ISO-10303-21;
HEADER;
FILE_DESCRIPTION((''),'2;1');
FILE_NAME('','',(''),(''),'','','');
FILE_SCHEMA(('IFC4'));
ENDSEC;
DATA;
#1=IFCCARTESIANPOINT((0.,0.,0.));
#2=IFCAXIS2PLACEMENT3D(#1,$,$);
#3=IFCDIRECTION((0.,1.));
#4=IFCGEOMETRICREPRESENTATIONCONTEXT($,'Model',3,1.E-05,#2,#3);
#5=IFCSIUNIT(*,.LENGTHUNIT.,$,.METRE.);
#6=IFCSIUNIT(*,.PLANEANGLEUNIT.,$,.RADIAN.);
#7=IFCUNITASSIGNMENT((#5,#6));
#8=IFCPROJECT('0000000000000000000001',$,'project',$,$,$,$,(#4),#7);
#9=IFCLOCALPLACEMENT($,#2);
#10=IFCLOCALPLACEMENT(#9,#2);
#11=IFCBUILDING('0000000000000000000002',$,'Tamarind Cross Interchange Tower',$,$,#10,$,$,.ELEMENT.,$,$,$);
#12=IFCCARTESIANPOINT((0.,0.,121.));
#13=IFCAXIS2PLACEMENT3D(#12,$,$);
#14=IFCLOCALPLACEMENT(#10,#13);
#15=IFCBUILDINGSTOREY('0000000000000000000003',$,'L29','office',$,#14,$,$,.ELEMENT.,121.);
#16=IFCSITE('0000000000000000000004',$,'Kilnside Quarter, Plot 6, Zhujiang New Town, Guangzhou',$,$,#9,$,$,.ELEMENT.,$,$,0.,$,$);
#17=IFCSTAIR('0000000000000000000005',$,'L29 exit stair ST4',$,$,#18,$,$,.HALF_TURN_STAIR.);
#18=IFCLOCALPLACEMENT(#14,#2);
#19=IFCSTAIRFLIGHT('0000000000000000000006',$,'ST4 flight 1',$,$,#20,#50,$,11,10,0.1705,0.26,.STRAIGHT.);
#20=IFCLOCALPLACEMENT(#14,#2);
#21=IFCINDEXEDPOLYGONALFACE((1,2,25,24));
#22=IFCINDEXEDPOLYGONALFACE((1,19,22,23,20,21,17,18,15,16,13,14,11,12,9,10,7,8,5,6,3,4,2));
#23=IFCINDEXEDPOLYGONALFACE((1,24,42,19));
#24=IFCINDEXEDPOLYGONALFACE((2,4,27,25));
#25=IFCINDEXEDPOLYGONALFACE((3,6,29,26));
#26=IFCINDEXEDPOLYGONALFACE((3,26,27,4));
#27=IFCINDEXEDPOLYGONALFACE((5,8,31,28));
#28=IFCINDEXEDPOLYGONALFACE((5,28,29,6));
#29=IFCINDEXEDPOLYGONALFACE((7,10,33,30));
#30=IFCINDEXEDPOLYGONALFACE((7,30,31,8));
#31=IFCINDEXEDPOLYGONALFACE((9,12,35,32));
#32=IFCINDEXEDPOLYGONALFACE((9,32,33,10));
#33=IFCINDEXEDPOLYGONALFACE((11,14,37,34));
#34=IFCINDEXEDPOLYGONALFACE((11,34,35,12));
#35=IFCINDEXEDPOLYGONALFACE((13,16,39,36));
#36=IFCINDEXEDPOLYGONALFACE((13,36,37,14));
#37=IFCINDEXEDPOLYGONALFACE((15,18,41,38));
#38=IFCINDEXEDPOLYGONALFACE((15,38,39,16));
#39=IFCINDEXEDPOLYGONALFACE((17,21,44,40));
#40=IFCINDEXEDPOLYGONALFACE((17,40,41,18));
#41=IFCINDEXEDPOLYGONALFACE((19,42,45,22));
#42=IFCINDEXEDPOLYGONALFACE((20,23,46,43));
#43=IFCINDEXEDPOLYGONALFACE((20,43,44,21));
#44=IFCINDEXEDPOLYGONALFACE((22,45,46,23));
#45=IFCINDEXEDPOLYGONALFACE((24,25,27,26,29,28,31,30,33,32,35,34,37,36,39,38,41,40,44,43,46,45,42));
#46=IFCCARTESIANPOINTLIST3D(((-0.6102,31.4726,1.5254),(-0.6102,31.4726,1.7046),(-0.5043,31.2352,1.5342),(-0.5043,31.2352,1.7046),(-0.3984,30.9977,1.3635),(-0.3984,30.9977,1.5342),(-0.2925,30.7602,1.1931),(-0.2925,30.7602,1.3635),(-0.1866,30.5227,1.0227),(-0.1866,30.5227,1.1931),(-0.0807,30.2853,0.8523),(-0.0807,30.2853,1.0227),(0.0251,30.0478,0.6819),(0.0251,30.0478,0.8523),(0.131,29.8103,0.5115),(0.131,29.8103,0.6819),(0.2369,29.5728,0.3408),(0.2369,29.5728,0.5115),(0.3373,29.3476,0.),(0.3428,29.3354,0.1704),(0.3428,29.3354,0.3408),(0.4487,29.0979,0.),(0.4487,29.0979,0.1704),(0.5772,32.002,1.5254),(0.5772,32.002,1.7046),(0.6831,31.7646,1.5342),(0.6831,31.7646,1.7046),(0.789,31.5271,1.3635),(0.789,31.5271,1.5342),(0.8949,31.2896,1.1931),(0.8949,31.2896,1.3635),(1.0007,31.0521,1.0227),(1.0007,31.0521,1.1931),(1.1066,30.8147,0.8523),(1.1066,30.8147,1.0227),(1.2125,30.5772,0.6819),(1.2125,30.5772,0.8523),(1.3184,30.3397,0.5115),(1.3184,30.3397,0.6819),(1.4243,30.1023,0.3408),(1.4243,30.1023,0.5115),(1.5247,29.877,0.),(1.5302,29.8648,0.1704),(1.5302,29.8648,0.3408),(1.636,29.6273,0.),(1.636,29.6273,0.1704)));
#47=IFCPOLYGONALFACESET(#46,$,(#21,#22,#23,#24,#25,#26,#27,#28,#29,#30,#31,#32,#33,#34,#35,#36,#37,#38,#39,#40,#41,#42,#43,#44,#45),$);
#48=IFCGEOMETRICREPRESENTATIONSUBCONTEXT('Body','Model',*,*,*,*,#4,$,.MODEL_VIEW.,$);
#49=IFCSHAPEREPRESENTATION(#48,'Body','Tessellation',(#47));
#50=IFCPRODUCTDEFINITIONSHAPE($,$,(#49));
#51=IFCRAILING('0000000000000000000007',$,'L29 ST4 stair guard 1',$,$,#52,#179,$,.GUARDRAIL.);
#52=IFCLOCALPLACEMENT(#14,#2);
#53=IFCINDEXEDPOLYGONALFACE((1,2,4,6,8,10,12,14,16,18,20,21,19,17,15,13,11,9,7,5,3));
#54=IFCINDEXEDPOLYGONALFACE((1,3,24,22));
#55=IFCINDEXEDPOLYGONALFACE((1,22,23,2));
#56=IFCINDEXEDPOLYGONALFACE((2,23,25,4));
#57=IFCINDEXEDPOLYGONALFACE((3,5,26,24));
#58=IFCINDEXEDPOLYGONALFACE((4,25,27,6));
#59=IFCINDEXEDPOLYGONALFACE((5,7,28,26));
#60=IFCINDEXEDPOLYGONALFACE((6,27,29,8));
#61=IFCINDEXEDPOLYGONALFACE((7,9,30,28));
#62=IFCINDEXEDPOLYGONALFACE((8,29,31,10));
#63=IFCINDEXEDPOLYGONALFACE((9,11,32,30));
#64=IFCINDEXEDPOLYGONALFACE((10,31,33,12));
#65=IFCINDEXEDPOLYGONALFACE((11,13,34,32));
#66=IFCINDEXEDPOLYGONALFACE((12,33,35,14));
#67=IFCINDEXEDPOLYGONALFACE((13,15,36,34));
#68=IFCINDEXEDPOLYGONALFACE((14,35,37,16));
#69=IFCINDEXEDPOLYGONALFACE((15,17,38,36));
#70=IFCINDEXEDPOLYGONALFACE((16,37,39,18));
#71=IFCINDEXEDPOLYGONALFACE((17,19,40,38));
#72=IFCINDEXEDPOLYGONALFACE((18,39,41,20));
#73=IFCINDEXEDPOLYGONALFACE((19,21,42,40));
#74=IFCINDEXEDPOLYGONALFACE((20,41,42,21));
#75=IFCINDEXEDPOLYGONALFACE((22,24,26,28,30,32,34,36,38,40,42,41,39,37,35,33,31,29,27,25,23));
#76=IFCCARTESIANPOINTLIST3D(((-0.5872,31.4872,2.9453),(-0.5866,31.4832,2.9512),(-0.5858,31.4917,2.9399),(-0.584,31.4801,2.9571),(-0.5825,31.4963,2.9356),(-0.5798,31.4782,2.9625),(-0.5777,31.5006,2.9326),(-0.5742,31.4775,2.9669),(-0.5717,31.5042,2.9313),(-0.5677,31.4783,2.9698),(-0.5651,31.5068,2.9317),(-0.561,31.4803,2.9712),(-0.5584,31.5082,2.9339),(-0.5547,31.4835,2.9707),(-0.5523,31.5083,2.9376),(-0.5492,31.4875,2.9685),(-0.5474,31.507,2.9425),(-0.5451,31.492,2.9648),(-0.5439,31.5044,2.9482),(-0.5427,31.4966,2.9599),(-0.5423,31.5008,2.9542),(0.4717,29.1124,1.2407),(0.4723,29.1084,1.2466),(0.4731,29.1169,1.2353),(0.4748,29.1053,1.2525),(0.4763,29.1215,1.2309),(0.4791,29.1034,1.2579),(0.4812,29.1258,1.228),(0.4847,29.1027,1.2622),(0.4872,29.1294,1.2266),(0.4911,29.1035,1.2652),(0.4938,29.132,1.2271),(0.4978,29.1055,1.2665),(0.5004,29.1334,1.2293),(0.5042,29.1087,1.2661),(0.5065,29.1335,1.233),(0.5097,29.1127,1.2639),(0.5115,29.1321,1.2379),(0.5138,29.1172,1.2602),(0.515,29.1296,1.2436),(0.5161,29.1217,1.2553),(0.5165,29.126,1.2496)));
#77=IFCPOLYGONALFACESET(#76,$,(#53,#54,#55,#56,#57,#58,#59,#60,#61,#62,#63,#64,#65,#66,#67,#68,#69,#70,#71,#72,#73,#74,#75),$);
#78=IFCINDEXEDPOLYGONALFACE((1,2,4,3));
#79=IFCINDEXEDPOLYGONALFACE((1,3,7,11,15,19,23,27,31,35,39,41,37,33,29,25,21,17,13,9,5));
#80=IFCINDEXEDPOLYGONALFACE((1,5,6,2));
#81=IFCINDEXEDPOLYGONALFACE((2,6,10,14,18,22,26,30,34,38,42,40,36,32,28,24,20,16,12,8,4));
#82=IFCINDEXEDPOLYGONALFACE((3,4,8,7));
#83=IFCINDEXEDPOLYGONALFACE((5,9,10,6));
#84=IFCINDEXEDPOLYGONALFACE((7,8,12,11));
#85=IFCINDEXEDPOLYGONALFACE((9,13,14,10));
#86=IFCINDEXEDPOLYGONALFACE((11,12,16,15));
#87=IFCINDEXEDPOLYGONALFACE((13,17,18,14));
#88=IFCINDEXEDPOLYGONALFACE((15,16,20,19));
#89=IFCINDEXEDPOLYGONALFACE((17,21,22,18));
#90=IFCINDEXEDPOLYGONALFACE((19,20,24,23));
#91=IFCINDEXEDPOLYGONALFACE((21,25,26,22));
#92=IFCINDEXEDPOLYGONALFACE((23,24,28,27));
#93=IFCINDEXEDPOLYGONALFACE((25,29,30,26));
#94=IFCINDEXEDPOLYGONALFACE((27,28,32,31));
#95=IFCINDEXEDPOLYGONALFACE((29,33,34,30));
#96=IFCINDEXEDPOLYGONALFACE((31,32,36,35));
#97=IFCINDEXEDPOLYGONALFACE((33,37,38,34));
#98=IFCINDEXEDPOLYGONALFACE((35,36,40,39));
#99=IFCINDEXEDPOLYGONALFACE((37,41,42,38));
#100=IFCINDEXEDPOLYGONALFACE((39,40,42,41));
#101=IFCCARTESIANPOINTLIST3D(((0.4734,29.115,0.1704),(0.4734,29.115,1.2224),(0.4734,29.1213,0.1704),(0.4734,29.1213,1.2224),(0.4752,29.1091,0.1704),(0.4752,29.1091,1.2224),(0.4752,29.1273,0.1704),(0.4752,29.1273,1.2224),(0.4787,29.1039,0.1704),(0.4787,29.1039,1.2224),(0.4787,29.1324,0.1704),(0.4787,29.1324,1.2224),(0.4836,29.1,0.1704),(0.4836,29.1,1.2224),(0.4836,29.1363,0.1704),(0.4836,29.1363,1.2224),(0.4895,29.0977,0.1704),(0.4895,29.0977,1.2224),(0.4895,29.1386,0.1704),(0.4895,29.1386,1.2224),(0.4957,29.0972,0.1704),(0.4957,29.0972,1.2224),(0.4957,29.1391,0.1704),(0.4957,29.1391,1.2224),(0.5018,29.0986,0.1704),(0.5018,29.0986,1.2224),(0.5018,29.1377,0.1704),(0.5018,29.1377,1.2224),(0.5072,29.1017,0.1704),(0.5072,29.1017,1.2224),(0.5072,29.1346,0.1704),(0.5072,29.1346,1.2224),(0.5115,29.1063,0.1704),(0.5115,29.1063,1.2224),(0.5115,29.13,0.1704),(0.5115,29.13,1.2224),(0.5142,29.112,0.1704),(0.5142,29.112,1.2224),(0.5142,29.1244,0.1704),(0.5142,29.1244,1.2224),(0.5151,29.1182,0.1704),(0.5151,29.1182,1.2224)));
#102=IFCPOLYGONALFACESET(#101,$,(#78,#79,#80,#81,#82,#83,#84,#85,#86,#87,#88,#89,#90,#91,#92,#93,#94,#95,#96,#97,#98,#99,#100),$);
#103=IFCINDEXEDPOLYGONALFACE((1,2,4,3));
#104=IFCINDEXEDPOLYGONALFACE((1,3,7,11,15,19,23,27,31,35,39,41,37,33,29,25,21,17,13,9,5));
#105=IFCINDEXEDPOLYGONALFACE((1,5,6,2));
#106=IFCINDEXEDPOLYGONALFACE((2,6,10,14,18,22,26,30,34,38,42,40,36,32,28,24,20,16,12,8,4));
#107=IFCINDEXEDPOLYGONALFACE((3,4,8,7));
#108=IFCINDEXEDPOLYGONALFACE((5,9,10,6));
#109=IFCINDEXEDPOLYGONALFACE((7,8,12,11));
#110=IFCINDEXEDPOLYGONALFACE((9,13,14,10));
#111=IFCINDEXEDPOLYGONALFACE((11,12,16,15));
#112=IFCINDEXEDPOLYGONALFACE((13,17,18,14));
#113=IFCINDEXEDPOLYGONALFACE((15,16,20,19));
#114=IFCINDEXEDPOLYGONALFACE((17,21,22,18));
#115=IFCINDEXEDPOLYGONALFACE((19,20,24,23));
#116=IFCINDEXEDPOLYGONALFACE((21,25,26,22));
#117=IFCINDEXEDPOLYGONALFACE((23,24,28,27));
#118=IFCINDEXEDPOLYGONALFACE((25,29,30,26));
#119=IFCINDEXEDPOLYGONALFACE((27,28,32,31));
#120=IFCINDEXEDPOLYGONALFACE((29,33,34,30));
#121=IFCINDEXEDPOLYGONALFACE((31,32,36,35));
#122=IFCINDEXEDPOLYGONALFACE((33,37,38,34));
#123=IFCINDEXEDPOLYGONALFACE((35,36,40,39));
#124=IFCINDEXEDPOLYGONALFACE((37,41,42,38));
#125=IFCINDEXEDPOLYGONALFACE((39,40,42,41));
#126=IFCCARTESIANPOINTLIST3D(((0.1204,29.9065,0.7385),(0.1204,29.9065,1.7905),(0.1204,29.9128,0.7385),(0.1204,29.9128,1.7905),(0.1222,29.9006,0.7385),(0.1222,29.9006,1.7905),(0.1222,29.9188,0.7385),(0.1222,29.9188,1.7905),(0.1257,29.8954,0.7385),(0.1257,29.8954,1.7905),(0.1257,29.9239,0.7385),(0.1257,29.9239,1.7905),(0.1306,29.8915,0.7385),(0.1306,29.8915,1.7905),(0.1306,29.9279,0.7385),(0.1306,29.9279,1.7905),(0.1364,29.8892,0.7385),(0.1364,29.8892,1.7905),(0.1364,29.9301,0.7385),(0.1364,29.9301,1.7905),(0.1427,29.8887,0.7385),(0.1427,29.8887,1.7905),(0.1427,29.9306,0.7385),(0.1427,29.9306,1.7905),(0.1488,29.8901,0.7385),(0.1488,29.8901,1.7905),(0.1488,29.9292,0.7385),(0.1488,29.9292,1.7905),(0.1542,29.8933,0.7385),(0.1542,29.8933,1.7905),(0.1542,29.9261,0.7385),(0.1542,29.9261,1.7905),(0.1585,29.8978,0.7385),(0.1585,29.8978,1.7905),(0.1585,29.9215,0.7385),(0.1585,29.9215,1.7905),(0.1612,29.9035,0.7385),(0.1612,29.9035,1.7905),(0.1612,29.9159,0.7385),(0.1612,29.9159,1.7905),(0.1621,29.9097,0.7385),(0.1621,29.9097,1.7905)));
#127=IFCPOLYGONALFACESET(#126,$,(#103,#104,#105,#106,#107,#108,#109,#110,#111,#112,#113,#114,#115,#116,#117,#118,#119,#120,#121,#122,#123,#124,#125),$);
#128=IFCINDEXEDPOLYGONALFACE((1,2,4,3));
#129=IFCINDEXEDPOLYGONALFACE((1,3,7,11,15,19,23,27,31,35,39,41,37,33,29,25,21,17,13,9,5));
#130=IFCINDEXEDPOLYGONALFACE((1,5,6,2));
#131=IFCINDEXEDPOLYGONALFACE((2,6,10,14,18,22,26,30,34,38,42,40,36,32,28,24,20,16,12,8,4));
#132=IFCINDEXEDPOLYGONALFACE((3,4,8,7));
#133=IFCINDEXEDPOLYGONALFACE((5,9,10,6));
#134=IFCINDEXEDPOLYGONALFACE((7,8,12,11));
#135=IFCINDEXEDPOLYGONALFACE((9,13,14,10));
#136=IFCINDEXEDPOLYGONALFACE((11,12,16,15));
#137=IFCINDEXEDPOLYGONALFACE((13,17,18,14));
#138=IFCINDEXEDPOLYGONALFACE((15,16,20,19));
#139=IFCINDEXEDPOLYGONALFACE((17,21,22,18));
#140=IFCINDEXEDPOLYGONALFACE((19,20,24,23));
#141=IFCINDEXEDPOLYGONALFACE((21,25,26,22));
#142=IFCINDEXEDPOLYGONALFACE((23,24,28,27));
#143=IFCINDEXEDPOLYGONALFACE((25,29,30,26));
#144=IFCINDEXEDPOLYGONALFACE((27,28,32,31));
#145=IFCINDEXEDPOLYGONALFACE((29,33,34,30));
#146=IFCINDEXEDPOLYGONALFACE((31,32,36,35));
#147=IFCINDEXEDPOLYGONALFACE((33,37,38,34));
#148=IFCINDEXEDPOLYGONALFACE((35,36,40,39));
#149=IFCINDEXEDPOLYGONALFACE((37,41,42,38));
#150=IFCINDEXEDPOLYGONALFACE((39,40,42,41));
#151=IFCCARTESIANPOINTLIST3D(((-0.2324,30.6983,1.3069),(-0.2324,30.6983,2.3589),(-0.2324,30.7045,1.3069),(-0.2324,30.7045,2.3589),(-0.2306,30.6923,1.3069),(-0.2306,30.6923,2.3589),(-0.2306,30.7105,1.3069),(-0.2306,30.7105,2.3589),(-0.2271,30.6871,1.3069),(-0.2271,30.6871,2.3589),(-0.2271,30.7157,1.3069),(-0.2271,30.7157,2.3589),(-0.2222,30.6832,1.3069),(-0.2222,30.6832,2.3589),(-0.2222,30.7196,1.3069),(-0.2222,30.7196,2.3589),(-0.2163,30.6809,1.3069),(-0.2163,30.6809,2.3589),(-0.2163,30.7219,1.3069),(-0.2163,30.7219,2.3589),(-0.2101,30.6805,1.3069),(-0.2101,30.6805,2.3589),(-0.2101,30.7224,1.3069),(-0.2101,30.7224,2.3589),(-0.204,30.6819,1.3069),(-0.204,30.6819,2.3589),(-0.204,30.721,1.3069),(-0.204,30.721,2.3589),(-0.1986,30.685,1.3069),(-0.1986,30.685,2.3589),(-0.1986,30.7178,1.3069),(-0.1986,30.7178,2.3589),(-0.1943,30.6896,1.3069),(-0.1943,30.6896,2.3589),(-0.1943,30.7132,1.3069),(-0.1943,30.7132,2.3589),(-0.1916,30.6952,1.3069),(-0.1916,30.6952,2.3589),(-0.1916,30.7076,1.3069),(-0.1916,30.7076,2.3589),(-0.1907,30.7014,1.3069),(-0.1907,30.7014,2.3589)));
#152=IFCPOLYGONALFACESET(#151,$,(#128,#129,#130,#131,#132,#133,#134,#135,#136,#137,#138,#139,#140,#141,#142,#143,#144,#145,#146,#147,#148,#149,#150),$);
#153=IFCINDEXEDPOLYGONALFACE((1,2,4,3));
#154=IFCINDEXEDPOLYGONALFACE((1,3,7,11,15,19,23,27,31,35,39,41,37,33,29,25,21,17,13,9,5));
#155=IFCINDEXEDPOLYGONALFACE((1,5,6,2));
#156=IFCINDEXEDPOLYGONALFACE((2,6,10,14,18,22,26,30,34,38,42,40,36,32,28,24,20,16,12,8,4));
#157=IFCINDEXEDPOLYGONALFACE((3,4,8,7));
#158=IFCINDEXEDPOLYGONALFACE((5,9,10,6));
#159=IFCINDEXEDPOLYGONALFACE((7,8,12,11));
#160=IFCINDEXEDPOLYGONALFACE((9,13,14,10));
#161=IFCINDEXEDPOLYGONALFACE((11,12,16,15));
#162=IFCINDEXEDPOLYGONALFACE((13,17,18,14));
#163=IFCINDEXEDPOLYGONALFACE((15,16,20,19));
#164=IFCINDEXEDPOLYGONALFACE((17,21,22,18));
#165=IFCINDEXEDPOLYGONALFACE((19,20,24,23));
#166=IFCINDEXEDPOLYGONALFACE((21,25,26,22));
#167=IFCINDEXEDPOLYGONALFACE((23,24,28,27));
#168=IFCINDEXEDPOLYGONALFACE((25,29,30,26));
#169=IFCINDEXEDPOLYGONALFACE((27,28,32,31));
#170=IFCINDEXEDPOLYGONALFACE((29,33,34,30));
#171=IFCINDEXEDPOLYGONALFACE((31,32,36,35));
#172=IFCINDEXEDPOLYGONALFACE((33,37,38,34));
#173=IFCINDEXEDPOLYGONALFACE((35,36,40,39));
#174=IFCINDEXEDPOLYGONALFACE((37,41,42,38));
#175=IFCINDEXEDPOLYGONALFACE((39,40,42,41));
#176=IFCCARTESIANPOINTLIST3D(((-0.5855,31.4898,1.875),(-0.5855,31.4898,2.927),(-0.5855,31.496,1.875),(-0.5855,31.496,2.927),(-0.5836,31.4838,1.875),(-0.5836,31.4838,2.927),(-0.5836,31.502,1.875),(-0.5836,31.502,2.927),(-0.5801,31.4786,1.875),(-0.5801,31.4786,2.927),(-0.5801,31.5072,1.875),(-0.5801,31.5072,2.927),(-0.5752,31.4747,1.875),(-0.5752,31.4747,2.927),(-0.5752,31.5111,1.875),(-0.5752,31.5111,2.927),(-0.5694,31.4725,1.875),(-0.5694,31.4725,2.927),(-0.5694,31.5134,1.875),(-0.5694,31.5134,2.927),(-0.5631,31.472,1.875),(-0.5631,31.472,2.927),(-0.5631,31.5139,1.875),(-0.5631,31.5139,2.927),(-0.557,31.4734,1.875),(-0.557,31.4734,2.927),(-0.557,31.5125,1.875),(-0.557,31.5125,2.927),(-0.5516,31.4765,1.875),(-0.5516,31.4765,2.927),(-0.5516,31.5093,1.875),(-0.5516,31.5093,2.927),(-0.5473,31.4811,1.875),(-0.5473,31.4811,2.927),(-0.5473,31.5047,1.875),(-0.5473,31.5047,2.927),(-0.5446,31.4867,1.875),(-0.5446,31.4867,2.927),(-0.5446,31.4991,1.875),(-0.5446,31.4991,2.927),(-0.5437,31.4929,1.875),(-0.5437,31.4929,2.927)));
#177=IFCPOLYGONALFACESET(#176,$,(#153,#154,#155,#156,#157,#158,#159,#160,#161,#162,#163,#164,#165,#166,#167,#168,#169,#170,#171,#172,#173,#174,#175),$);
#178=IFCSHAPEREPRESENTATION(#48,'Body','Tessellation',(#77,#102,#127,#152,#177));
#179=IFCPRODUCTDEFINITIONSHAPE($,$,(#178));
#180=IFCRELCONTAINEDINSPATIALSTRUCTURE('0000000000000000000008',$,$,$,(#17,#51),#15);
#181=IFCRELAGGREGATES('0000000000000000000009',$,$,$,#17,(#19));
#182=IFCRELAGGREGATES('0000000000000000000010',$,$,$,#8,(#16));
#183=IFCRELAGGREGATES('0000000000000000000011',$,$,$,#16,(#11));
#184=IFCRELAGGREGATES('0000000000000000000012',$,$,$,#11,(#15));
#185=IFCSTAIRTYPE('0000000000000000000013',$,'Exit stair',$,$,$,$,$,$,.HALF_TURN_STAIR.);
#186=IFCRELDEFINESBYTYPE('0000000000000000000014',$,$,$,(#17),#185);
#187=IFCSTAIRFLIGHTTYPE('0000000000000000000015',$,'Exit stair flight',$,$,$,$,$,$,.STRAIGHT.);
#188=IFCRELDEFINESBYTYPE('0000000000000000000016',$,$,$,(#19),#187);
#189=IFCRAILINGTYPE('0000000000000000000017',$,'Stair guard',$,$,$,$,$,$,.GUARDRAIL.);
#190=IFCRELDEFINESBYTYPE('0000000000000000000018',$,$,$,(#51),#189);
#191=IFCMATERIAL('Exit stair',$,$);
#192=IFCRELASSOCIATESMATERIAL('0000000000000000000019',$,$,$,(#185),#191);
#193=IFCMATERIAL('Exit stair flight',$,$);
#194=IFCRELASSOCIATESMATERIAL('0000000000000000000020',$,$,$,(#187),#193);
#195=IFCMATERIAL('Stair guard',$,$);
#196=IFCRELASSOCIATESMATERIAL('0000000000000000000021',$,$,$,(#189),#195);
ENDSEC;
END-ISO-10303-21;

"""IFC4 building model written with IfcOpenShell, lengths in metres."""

from ifc_helpers import new_model, si_unit, direction, frame, origin, origin_2d, place, context, subcontext, project, spatial, polyline, circle, outline, extrude, material, type_object, element, aggregate, save


model = new_model("IFC4")

# Units and contexts
model_context = context("Model", 3, precision=1e-05, world=origin(), true_north=direction((0.0, 1.0)))
body_context = subcontext(model_context, "Body", "Model", "MODEL_VIEW")
ifc_project = project(units=[si_unit("LENGTHUNIT", "METRE"), si_unit("PLANEANGLEUNIT", "RADIAN")], contexts=[model_context])

# Site, building, storey
site_placement = place(None, origin())
site = spatial("IfcSite", under=ifc_project, at=site_placement, Name="Kilnside Quarter, Plot 6, Zhujiang New Town, Guangzhou", CompositionType="ELEMENT", RefElevation=0.0)
building_placement = place(site_placement, origin())
building = spatial("IfcBuilding", under=site, at=building_placement, Name="Tamarind Cross Interchange Tower", CompositionType="ELEMENT")
storey_placement = place(building_placement, frame((0.0, 0.0, 121.0)))
storey = spatial("IfcBuildingStorey", under=building, at=storey_placement, Name="L29", Description="office", CompositionType="ELEMENT", Elevation=121.0)

# Shared definitions
ifc_material_1 = material(Name="Exit stair")
stair_type = type_object("IfcStairType", Name="Exit stair", PredefinedType="HALF_TURN_STAIR", material=ifc_material_1)

# Stair, stair flight
stair_1_placement = place(storey_placement, origin())
stair_1 = element("IfcStair", 1, at=stair_1_placement, inside=storey, type_object=stair_type, Name="L29 exit stair ST4", PredefinedType="HALF_TURN_STAIR")
ifc_material_2 = material(Name="Exit stair flight")
stair_flight_type = type_object("IfcStairFlightType", Name="Exit stair flight", PredefinedType="STRAIGHT", material=ifc_material_2)
stair_flight_placement = place(storey_placement, frame((1.0422, 29.3625, 0.0), z_axis=(0.0, 0.0, 1.0), x_axis=(-0.407221, 0.91333, 0.0)))
stair_flight = element("IfcStairFlight", 2, at=stair_flight_placement, type_object=stair_flight_type, Name="ST4 flight 1", NumberOfRisers=11, NumberOfTreads=10, PredefinedType="STRAIGHT", RiserHeight=0.1705, TreadLength=0.26, context=body_context, shape_type="SweptSolid", body=[
    extrude(outline(polyline([(0.0, 0.0), (0.0, 0.1704), (0.26, 0.1704), (0.26, 0.3408), (0.52, 0.3408), (0.52, 0.5115), (0.78, 0.5115), (0.78, 0.6819), (1.04, 0.6819), (1.04, 0.8523), (1.3, 0.8523), (1.3, 1.0227), (1.5601, 1.0227), (1.5601, 1.1931), (1.8201, 1.1931), (1.8201, 1.3635), (2.0801, 1.3635), (2.0801, 1.5342), (2.3401, 1.5342), (2.3401, 1.7046), (2.6001, 1.7046), (2.6001, 1.875), (2.6001, 1.5254), (0.2734, 0.0), (0.0, 0.0)])), frame((0.0, 0.6499, 0.0), z_axis=(0.0, -1.0, 0.0), x_axis=(1.0, 0.0, 0.0)), (0.0, 0.0, 1.0), 1.3),
])
aggregate(stair_1, [stair_flight])

# Railing
ifc_material_3 = material(Name="Stair guard")
railing_type_1 = type_object("IfcRailingType", Name="Stair guard", PredefinedType="GUARDRAIL", material=ifc_material_3)
railing_1_placement = place(storey_placement, frame((0.4941, 29.1182, 0.1704)))
element("IfcRailing", 3, at=railing_1_placement, inside=storey, type_object=railing_type_1, Name="L29 ST4 stair guard 1", PredefinedType="GUARDRAIL", context=body_context, shape_type="SweptSolid", body=[
    extrude(circle(Radius=0.0239, at=origin_2d()), frame((0.0, 0.0, 1.0762), z_axis=(-0.340566, 0.763819, 0.548266), x_axis=(-0.913327, -0.407227, 0.0)), (0.0, 0.0, 1.0), 3.1091),
    extrude(circle(Radius=0.021, at=origin_2d()), origin(), (0.0, 0.0, 1.0), 1.052),
    extrude(circle(Radius=0.021, at=origin_2d()), frame((-0.353, 0.7915, 0.5681)), (0.0, 0.0, 1.0), 1.052),
    extrude(circle(Radius=0.021, at=origin_2d()), frame((-0.7058, 1.5833, 1.1365)), (0.0, 0.0, 1.0), 1.052),
    extrude(circle(Radius=0.021, at=origin_2d()), frame((-1.0588, 2.3748, 1.7046)), (0.0, 0.0, 1.0), 1.052),
])

save(model, "model.ifc")
